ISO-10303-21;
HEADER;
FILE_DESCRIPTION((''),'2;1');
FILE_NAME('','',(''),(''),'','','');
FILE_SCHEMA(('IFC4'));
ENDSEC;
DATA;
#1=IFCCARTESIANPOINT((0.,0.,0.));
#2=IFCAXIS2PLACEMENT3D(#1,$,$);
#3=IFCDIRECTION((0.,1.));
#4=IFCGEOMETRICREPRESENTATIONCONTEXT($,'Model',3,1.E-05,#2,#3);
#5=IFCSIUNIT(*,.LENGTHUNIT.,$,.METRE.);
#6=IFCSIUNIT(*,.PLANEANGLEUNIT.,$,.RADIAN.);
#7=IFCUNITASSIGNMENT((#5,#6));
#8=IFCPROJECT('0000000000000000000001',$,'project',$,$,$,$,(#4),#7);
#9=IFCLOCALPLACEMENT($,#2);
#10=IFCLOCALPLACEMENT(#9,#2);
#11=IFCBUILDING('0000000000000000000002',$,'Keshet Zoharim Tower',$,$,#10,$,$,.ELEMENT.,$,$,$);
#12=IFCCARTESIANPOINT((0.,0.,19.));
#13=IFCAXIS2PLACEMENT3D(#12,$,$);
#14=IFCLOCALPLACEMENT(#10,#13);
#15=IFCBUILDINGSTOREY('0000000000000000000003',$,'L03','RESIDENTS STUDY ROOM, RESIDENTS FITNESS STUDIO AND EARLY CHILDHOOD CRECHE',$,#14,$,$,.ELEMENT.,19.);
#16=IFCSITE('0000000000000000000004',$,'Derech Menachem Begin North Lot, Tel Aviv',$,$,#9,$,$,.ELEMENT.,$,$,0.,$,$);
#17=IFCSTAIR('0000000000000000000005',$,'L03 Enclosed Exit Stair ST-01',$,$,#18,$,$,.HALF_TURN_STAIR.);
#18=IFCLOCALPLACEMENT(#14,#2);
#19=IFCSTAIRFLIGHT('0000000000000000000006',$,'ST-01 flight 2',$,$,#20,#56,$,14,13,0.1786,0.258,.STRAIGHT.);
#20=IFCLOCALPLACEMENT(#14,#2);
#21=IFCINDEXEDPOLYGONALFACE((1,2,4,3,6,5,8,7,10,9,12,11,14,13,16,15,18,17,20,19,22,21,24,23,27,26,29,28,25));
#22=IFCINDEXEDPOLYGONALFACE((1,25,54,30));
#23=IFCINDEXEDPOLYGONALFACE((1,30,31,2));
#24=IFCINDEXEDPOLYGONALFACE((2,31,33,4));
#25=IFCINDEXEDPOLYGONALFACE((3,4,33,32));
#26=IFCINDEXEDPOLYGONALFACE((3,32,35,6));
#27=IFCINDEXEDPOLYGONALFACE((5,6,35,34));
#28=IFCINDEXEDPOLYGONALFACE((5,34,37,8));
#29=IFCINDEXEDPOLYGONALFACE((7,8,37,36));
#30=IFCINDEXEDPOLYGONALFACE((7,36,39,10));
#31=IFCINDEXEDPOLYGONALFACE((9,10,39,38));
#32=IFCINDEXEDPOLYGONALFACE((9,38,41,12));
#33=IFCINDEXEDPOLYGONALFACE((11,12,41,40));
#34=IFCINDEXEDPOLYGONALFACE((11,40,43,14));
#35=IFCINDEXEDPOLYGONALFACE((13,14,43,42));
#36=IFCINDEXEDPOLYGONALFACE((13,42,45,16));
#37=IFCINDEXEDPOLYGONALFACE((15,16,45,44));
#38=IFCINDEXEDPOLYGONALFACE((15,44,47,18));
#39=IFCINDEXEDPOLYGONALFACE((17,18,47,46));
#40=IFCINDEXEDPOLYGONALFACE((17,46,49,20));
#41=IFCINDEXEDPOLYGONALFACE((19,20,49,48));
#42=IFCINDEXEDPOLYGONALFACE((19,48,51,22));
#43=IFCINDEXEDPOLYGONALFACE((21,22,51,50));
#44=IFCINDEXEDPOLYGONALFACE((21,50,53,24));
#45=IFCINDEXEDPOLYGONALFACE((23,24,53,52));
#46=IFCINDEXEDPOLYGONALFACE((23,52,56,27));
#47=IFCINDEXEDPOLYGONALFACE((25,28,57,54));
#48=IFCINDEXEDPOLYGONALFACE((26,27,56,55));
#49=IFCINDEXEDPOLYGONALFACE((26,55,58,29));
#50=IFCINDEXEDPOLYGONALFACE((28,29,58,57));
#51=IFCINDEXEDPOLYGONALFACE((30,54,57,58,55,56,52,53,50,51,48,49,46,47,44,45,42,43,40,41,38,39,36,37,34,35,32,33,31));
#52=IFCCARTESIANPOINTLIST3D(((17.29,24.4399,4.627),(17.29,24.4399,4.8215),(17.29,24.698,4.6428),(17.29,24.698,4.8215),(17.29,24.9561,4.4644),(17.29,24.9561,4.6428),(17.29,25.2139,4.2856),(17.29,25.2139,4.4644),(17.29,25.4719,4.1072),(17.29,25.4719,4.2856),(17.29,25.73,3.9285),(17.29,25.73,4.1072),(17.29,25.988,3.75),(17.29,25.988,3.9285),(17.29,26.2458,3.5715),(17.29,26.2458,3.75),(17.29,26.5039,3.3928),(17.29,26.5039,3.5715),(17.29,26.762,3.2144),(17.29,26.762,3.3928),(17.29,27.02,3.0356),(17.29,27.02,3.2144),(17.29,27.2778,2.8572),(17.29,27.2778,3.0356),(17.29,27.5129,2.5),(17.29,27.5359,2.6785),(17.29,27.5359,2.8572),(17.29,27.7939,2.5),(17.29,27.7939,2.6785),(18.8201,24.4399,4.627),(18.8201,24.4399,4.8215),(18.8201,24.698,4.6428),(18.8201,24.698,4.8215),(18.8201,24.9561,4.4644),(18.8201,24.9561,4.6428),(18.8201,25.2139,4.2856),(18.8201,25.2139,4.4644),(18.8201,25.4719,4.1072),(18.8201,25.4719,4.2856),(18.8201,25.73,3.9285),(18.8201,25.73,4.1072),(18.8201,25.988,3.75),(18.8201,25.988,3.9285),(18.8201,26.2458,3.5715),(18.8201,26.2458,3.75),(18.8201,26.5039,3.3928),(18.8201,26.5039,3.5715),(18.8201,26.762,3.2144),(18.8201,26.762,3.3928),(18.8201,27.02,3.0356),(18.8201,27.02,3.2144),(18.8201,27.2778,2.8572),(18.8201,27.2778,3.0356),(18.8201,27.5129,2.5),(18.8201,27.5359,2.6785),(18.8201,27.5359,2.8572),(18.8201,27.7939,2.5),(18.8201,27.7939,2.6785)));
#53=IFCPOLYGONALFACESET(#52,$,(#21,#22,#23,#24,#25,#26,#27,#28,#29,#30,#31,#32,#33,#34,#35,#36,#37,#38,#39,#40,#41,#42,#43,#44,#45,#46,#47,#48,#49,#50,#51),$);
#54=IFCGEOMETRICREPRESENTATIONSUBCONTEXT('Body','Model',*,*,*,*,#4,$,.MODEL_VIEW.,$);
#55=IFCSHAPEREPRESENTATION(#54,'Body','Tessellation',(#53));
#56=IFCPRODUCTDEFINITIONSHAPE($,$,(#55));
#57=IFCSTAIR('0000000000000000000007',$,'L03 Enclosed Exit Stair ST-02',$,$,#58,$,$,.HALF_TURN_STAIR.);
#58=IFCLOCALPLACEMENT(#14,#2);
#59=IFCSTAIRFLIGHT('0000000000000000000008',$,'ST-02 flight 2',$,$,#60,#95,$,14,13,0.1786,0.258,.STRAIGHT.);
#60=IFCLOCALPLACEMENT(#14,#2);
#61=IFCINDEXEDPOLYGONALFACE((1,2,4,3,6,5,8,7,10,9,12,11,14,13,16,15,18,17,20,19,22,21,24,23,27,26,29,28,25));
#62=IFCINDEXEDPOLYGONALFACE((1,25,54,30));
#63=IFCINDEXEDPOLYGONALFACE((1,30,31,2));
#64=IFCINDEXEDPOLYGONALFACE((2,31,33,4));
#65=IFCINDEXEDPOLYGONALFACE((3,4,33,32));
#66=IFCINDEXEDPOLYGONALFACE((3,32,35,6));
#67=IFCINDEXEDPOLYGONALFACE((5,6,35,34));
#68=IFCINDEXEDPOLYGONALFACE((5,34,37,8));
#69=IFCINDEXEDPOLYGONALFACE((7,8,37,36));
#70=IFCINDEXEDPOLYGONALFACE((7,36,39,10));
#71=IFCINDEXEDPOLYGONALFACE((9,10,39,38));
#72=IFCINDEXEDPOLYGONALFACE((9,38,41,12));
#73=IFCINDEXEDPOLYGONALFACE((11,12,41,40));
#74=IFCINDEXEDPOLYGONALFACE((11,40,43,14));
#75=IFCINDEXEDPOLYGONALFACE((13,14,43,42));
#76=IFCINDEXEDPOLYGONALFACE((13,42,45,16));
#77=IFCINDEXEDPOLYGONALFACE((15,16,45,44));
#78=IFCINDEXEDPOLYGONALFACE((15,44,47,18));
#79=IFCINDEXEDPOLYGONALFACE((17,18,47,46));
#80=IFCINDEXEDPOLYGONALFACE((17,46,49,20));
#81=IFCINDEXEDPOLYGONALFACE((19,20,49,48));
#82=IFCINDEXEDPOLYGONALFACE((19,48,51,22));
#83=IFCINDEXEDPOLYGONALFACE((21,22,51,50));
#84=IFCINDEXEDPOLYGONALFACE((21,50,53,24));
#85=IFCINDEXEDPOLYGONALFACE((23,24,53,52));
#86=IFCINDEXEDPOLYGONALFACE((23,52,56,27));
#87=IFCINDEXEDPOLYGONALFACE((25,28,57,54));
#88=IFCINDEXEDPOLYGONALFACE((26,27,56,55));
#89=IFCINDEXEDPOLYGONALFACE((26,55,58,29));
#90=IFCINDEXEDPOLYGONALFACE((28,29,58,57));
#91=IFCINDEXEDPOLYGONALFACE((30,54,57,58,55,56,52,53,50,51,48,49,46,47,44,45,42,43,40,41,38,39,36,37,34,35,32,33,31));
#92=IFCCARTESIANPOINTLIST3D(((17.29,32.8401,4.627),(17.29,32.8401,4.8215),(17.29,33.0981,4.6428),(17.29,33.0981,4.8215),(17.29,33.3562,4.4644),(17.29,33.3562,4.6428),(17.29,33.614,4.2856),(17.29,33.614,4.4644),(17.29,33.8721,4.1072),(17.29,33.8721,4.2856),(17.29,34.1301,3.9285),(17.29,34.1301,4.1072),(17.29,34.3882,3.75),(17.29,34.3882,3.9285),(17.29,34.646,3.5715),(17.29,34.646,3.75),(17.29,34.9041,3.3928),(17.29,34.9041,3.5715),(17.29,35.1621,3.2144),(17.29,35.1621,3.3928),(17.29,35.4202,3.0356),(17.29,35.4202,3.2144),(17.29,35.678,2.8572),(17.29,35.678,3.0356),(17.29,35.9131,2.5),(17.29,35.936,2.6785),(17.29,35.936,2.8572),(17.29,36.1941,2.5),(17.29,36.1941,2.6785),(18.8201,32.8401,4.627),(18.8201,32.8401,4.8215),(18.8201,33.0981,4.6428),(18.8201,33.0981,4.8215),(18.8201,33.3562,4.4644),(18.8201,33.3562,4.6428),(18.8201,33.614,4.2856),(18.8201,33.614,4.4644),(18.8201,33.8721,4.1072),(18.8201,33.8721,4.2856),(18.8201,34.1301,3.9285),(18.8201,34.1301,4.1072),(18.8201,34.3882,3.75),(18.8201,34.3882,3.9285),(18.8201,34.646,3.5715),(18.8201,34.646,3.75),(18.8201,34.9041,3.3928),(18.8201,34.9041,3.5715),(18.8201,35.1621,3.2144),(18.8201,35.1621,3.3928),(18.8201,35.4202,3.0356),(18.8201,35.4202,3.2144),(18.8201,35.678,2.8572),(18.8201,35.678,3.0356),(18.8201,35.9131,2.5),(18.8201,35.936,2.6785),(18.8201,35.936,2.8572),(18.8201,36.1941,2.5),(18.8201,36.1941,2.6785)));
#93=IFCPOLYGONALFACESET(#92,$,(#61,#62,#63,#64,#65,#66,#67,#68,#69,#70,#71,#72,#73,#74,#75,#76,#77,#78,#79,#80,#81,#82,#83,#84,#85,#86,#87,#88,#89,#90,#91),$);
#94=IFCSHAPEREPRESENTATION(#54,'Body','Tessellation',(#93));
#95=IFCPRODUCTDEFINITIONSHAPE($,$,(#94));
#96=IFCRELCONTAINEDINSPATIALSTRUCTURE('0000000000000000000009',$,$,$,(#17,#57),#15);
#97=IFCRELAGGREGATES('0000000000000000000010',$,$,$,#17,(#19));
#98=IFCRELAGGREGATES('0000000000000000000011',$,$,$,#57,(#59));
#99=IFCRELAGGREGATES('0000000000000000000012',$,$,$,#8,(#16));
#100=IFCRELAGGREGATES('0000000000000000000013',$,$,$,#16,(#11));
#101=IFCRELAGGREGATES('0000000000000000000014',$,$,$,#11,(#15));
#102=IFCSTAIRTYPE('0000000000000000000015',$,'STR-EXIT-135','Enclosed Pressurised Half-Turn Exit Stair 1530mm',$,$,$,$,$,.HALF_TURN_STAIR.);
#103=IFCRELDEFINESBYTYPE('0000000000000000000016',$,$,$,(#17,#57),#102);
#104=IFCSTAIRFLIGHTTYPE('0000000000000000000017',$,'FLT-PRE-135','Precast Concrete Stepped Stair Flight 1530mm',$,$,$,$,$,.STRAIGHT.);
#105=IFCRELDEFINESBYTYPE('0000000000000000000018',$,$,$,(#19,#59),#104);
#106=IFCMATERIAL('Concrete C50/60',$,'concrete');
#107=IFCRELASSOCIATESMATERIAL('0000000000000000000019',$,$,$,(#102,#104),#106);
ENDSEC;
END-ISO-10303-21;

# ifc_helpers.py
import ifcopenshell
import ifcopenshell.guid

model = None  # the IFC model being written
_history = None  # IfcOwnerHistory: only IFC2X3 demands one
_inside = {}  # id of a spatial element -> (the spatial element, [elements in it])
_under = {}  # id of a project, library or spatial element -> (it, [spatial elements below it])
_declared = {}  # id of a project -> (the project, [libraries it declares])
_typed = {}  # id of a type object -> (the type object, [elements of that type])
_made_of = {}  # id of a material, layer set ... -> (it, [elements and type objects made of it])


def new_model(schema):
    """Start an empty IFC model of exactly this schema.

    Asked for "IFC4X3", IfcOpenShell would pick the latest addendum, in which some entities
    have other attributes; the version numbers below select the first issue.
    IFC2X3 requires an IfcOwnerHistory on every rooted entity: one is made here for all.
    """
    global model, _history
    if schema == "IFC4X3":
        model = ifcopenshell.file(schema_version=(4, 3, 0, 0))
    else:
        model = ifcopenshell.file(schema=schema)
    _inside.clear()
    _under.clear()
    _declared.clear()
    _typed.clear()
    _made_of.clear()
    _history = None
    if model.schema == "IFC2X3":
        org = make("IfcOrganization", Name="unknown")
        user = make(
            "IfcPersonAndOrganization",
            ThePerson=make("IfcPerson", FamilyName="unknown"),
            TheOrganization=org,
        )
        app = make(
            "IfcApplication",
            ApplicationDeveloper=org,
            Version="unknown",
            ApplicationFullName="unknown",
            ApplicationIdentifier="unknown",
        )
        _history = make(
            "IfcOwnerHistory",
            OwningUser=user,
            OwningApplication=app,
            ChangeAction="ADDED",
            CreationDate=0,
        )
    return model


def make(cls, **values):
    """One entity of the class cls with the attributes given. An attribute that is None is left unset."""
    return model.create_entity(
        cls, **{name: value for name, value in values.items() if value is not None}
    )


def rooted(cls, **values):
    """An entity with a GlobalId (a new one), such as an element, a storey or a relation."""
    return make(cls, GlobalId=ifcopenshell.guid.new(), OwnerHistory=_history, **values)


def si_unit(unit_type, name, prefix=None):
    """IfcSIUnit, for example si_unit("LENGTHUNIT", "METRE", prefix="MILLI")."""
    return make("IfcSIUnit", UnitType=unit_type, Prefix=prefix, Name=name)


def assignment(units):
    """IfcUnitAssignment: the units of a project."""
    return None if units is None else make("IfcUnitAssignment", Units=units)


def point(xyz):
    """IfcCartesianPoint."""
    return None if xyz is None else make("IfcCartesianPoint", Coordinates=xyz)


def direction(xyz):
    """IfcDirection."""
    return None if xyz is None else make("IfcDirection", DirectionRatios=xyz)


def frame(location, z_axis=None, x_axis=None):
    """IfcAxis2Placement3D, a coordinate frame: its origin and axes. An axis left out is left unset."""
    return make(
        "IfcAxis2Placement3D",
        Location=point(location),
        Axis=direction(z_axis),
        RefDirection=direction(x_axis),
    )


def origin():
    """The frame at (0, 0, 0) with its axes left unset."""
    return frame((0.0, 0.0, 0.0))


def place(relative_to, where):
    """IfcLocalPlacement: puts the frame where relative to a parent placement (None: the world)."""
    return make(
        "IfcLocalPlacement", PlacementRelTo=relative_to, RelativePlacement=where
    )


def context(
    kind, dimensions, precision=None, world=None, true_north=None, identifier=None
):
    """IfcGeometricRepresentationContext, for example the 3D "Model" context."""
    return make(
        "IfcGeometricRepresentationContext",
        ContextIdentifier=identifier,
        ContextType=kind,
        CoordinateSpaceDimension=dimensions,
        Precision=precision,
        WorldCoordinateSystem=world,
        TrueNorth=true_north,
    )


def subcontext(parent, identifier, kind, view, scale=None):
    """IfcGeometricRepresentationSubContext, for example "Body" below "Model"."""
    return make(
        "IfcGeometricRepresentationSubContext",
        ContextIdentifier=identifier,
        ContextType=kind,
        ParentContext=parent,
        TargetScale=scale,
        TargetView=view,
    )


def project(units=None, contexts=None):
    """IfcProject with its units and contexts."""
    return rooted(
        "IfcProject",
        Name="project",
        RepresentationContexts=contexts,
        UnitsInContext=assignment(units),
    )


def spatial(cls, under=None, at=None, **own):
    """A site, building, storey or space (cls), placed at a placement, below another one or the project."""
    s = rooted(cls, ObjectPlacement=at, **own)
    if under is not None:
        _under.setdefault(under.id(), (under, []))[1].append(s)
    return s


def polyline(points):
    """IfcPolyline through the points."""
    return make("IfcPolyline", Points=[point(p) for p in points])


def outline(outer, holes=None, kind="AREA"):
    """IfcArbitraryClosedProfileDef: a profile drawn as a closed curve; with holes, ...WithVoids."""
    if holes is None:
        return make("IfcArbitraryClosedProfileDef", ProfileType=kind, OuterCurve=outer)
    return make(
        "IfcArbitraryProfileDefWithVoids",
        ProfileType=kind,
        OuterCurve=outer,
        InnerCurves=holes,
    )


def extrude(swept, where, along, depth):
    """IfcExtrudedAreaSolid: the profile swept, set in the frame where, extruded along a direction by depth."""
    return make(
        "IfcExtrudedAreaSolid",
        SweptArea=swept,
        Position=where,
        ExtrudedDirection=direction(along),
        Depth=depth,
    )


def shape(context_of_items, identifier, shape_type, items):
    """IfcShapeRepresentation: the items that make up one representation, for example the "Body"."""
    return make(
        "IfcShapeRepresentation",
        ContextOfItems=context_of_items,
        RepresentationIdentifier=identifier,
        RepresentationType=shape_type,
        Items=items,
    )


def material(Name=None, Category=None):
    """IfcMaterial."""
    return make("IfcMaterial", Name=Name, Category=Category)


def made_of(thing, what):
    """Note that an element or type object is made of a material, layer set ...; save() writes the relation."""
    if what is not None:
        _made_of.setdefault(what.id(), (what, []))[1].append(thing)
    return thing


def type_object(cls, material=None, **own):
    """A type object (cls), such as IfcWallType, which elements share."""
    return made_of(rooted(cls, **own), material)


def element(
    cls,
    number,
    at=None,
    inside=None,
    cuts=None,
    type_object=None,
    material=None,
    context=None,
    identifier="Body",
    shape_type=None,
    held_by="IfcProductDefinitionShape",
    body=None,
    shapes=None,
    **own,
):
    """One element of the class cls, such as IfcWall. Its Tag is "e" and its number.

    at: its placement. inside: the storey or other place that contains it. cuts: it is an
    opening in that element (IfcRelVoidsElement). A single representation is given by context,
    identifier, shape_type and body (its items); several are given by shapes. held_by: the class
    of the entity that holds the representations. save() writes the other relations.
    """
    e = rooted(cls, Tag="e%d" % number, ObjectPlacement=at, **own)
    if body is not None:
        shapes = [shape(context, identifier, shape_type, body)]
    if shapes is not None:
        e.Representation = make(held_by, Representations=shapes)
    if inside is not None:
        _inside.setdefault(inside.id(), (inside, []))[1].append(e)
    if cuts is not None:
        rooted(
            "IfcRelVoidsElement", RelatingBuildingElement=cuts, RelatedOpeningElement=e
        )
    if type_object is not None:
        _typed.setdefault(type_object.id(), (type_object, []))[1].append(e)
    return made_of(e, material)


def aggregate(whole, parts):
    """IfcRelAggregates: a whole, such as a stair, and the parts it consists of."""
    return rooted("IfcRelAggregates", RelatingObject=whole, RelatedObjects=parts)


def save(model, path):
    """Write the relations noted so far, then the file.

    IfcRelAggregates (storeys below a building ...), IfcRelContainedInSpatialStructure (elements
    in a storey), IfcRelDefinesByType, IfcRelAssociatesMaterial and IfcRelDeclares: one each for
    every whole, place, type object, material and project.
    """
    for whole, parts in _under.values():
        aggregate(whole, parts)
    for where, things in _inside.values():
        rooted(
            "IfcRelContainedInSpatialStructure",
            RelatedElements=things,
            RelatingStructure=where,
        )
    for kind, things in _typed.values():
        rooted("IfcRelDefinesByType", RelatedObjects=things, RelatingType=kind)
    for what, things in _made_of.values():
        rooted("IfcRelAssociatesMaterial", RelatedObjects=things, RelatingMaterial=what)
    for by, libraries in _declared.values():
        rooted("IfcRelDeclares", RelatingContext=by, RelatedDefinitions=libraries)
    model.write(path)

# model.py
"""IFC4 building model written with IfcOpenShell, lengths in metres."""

from ifc_helpers import new_model, si_unit, direction, frame, origin, place, context, subcontext, project, spatial, polyline, outline, extrude, material, type_object, element, aggregate, save


model = new_model("IFC4")

# Units and contexts
model_context = context("Model", 3, precision=1e-05, world=origin(), true_north=direction((0.0, 1.0)))
body_context = subcontext(model_context, "Body", "Model", "MODEL_VIEW")
ifc_project = project(units=[si_unit("LENGTHUNIT", "METRE"), si_unit("PLANEANGLEUNIT", "RADIAN")], contexts=[model_context])

# Site, building, storey
site_placement = place(None, origin())
site = spatial("IfcSite", under=ifc_project, at=site_placement, Name="Derech Menachem Begin North Lot, Tel Aviv", CompositionType="ELEMENT", RefElevation=0.0)
building_placement = place(site_placement, origin())
building = spatial("IfcBuilding", under=site, at=building_placement, Name="Keshet Zoharim Tower", CompositionType="ELEMENT")
storey_placement = place(building_placement, frame((0.0, 0.0, 19.0)))
storey = spatial("IfcBuildingStorey", under=building, at=storey_placement, Name="L03", Description="RESIDENTS STUDY ROOM, RESIDENTS FITNESS STUDIO AND EARLY CHILDHOOD CRECHE", CompositionType="ELEMENT", Elevation=19.0)

# Shared definitions
ifc_material_1 = material(Name="Concrete C50/60", Category="concrete")

# Stairs, stair flights
stair_type = type_object("IfcStairType", Name="STR-EXIT-135", Description="Enclosed Pressurised Half-Turn Exit Stair 1530mm", PredefinedType="HALF_TURN_STAIR", material=ifc_material_1)
stair_1_placement = place(storey_placement, origin())
stair_1 = element("IfcStair", 1, at=stair_1_placement, inside=storey, type_object=stair_type, Name="L03 Enclosed Exit Stair ST-01", PredefinedType="HALF_TURN_STAIR")
stair_flight_type = type_object("IfcStairFlightType", Name="FLT-PRE-135", Description="Precast Concrete Stepped Stair Flight 1530mm", PredefinedType="STRAIGHT", material=ifc_material_1)
stair_flight_1_placement = place(storey_placement, frame((18.0549, 27.7939, 2.5), z_axis=(0.0, 0.0, 1.0), x_axis=(0.0, -1.0, 0.0)))
stair_flight_1 = element("IfcStairFlight", 2, at=stair_flight_1_placement, type_object=stair_flight_type, Name="ST-01 flight 2", NumberOfRisers=14, NumberOfTreads=13, PredefinedType="STRAIGHT", RiserHeight=0.1786, TreadLength=0.258, context=body_context, shape_type="SweptSolid", body=[
    extrude(outline(polyline([(0.0, 0.0), (0.0, 0.1785), (0.2581, 0.1785), (0.2581, 0.3572), (0.5161, 0.3572), (0.5161, 0.5356), (0.7739, 0.5356), (0.7739, 0.7144), (1.032, 0.7144), (1.032, 0.8928), (1.29, 0.8928), (1.29, 1.0715), (1.5481, 1.0715), (1.5481, 1.25), (1.8059, 1.25), (1.8059, 1.4285), (2.064, 1.4285), (2.064, 1.6072), (2.322, 1.6072), (2.322, 1.7856), (2.5801, 1.7856), (2.5801, 1.9644), (2.8379, 1.9644), (2.8379, 2.1428), (3.0959, 2.1428), (3.0959, 2.3215), (3.354, 2.3215), (3.354, 2.5), (3.354, 2.127), (0.281, 0.0), (0.0, 0.0)])), frame((0.0, 0.7651, 0.0), z_axis=(0.0, -1.0, 0.0), x_axis=(1.0, 0.0, 0.0)), (0.0, 0.0, 1.0), 1.53),
])
aggregate(stair_1, [stair_flight_1])
stair_2_placement = place(storey_placement, origin())
stair_2 = element("IfcStair", 3, at=stair_2_placement, inside=storey, type_object=stair_type, Name="L03 Enclosed Exit Stair ST-02", PredefinedType="HALF_TURN_STAIR")
stair_flight_2_placement = place(storey_placement, frame((18.0549, 36.1941, 2.5), z_axis=(0.0, 0.0, 1.0), x_axis=(0.0, -1.0, 0.0)))
stair_flight_2 = element("IfcStairFlight", 4, at=stair_flight_2_placement, type_object=stair_flight_type, Name="ST-02 flight 2", NumberOfRisers=14, NumberOfTreads=13, PredefinedType="STRAIGHT", RiserHeight=0.1786, TreadLength=0.258, context=body_context, shape_type="SweptSolid", body=[
    extrude(outline(polyline([(0.0, 0.0), (0.0, 0.1785), (0.2581, 0.1785), (0.2581, 0.3572), (0.5161, 0.3572), (0.5161, 0.5356), (0.7739, 0.5356), (0.7739, 0.7144), (1.032, 0.7144), (1.032, 0.8928), (1.29, 0.8928), (1.29, 1.0715), (1.5481, 1.0715), (1.5481, 1.25), (1.8059, 1.25), (1.8059, 1.4285), (2.064, 1.4285), (2.064, 1.6072), (2.322, 1.6072), (2.322, 1.7856), (2.5801, 1.7856), (2.5801, 1.9644), (2.8379, 1.9644), (2.8379, 2.1428), (3.0959, 2.1428), (3.0959, 2.3215), (3.354, 2.3215), (3.354, 2.5), (3.354, 2.127), (0.281, 0.0), (0.0, 0.0)])), frame((0.0, 0.7651, 0.0), z_axis=(0.0, -1.0, 0.0), x_axis=(1.0, 0.0, 0.0)), (0.0, 0.0, 1.0), 1.53),
])
aggregate(stair_2, [stair_flight_2])

save(model, "model.ifc")
